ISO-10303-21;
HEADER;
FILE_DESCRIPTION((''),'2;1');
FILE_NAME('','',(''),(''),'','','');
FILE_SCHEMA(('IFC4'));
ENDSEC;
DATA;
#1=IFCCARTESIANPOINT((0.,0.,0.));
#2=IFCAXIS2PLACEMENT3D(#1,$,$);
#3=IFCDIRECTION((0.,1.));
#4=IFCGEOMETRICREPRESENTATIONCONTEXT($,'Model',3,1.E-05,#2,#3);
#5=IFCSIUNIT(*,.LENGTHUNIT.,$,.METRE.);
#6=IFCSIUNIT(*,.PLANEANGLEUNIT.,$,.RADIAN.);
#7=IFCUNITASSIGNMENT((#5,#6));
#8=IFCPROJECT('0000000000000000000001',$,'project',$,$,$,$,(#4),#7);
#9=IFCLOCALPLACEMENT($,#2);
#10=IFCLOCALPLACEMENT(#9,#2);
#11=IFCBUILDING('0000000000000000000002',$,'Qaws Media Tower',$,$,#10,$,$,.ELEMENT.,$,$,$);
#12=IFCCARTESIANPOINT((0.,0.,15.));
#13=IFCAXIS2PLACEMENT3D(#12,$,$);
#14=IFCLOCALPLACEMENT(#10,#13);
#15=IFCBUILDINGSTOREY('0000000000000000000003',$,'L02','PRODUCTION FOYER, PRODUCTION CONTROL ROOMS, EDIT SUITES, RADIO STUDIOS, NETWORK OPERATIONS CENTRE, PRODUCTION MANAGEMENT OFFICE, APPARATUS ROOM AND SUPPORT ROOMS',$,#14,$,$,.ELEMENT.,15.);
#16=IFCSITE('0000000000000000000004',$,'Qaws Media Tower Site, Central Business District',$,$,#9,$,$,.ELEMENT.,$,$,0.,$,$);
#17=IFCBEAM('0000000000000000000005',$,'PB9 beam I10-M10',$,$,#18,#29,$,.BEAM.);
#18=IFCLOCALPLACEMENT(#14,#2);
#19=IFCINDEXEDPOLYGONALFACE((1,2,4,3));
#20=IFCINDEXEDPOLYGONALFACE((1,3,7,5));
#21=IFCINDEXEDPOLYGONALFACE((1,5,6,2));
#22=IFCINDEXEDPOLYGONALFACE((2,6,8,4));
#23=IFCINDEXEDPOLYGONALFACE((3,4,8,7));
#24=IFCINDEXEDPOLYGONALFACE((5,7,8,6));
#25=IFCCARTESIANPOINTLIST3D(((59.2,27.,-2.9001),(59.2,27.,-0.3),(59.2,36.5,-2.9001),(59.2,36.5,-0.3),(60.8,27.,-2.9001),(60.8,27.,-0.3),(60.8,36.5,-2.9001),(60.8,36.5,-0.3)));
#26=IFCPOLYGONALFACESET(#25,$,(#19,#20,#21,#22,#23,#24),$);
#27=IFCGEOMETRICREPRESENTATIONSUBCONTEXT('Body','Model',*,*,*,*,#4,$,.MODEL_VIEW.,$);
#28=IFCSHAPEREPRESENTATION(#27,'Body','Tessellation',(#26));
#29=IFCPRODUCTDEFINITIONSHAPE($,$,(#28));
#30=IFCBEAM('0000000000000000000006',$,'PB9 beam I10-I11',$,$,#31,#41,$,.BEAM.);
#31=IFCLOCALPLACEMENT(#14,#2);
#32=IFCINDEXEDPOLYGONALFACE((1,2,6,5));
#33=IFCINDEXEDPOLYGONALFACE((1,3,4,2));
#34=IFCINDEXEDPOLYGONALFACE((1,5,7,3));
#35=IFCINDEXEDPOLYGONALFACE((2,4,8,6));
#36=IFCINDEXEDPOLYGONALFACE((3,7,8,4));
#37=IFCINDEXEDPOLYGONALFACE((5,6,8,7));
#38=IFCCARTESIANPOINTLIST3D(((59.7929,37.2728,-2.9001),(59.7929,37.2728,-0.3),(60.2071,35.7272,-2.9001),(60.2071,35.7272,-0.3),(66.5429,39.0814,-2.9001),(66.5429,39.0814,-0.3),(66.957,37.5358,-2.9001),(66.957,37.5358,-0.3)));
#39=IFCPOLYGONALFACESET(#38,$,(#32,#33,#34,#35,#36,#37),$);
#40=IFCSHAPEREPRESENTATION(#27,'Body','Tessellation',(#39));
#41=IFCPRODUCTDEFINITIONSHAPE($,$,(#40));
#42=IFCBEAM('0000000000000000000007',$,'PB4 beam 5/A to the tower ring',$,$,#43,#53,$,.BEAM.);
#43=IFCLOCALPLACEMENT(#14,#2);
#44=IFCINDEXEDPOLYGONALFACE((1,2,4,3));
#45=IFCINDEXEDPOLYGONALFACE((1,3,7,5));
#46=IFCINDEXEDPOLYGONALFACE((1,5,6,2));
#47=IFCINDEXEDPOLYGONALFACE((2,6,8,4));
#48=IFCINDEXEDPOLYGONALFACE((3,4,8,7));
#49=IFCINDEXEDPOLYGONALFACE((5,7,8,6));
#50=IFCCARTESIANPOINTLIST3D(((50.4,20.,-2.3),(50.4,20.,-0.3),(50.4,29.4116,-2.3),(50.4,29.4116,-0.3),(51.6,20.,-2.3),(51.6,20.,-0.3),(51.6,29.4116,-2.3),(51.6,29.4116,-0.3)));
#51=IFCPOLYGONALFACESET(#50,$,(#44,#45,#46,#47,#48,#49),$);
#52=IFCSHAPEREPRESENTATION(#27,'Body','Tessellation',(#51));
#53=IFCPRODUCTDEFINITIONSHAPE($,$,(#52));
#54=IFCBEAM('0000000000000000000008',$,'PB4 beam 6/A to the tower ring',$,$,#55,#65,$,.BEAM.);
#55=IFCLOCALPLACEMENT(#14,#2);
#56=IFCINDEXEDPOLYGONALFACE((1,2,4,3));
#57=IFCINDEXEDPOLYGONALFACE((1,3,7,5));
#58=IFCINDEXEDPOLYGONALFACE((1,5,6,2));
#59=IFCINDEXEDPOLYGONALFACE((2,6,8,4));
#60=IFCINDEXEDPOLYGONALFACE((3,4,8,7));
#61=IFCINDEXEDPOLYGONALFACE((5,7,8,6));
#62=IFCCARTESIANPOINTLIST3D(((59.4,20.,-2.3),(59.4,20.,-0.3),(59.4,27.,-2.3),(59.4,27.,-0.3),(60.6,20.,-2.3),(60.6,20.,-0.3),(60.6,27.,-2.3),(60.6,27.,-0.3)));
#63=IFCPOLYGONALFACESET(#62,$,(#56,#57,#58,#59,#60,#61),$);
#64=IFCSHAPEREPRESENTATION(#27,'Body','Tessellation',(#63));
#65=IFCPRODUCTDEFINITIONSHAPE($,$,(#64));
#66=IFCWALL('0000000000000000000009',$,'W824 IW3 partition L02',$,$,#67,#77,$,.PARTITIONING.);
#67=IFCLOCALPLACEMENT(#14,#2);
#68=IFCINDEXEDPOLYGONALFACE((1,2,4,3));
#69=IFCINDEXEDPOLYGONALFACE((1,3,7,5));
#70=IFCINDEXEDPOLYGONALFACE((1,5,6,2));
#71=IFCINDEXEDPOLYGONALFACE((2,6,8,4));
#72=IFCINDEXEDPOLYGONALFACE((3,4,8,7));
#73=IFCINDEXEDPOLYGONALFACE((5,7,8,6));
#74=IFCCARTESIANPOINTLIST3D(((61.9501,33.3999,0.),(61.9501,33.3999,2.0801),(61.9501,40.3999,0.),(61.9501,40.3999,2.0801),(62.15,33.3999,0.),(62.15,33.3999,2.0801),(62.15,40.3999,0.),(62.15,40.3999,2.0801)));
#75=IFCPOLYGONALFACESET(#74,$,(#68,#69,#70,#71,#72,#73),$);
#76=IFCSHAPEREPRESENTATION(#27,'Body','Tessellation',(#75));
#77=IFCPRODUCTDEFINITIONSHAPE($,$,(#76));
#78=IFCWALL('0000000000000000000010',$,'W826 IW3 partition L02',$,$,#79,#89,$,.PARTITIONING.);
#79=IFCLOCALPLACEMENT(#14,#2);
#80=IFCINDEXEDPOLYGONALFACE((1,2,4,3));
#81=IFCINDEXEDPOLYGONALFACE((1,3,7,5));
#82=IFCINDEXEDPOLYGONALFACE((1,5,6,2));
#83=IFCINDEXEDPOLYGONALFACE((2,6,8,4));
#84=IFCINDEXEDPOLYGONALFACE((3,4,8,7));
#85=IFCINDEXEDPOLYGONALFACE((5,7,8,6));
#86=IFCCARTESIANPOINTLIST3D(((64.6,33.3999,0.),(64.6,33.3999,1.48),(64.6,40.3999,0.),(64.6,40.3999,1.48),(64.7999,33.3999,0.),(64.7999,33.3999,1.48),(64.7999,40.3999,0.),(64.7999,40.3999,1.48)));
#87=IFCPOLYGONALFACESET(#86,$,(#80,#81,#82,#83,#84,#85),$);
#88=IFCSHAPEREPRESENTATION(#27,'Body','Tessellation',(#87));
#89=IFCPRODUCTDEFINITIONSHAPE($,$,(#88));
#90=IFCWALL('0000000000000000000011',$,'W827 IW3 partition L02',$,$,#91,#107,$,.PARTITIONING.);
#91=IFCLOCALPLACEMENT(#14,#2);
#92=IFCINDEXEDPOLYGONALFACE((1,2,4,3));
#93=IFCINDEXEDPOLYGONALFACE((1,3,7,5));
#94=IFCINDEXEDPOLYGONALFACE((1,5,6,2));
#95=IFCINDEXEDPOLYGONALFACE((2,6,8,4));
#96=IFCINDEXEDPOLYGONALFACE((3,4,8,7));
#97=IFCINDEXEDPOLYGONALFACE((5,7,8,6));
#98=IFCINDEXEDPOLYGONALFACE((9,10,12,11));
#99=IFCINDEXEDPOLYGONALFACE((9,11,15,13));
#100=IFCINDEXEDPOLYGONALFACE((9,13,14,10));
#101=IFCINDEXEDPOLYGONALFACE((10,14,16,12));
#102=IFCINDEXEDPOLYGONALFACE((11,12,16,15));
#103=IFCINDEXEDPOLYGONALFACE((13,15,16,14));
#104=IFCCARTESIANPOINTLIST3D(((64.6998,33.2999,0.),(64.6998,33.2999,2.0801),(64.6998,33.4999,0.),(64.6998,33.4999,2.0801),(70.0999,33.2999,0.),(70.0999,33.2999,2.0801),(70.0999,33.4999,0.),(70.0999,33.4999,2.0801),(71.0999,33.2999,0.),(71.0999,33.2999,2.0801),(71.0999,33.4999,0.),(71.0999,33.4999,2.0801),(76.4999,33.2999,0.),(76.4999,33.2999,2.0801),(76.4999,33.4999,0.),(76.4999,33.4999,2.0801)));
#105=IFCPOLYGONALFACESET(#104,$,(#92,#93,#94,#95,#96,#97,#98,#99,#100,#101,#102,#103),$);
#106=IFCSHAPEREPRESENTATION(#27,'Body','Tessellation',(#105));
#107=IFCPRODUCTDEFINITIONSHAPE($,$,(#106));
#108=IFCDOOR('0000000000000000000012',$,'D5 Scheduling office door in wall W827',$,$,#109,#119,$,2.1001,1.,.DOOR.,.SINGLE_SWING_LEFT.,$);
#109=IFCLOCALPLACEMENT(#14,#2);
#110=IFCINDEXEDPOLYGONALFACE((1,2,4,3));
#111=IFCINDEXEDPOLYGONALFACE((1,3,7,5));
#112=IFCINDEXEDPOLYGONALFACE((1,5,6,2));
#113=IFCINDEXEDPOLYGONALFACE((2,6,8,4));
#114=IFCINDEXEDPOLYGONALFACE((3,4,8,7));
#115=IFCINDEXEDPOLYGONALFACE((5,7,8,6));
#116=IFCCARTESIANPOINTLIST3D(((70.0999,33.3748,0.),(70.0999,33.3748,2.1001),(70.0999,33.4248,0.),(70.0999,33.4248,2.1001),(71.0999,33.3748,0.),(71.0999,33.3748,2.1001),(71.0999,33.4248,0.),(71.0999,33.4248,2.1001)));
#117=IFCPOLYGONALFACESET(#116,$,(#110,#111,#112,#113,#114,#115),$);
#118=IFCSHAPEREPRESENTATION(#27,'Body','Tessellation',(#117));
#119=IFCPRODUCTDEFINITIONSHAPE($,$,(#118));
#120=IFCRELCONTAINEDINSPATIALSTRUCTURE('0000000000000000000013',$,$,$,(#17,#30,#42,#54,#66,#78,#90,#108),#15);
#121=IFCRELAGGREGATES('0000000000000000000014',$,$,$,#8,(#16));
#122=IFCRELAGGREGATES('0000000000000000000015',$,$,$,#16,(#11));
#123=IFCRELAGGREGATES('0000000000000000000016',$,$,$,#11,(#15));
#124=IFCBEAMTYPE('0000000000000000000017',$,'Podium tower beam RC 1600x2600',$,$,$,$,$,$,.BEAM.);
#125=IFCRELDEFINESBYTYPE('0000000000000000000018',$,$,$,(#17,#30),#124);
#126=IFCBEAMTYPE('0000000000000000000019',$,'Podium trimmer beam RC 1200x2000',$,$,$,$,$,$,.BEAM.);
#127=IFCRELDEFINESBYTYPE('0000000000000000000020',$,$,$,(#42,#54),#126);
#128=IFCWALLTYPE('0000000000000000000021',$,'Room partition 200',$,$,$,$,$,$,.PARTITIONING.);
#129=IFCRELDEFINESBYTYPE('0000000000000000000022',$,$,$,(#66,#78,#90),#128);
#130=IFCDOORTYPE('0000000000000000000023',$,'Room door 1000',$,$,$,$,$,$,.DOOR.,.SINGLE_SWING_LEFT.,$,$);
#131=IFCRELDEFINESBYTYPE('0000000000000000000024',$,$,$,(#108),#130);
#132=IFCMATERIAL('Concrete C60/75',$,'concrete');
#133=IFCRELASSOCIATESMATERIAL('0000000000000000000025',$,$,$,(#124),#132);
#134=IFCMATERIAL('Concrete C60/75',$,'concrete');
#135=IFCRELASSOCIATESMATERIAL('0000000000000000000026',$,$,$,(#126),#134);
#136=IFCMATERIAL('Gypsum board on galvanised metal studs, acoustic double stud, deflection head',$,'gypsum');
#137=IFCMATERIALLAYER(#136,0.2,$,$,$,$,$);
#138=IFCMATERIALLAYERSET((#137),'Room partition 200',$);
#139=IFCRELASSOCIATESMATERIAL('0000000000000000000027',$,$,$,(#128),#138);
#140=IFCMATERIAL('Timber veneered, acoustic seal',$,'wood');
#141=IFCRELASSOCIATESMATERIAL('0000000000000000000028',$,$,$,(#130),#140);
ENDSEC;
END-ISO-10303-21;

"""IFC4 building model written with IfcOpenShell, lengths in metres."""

from ifc_helpers import new_model, si_unit, direction, frame, frame_2d, origin, origin_2d, place, context, subcontext, project, spatial, rectangle, extrude, material, layer, layer_set, material_profile, profile_set, type_object, element, fill, save


model = new_model("IFC4")

# Units and contexts
model_context = context("Model", 3, precision=1e-05, world=origin(), true_north=direction((0.0, 1.0)))
body_context = subcontext(model_context, "Body", "Model", "MODEL_VIEW")
ifc_project = project(units=[si_unit("LENGTHUNIT", "METRE"), si_unit("PLANEANGLEUNIT", "RADIAN")], contexts=[model_context])

# Site, building, storey
site_placement = place(None, origin())
site = spatial("IfcSite", under=ifc_project, at=site_placement, Name="Qaws Media Tower Site, Central Business District", CompositionType="ELEMENT", RefElevation=0.0)
building_placement = place(site_placement, origin())
building = spatial("IfcBuilding", under=site, at=building_placement, Name="Qaws Media Tower", CompositionType="ELEMENT")
storey_placement = place(building_placement, frame((0.0, 0.0, 15.0)))
storey = spatial("IfcBuildingStorey", under=building, at=storey_placement, Name="L02", Description="PRODUCTION FOYER, PRODUCTION CONTROL ROOMS, EDIT SUITES, RADIO STUDIOS, NETWORK OPERATIONS CENTRE, PRODUCTION MANAGEMENT OFFICE, APPARATUS ROOM AND SUPPORT ROOMS", CompositionType="ELEMENT", Elevation=15.0)

# Beams
ifc_material_1 = material(Name="Concrete C60/75", Category="concrete")
ifc_material_profile_1 = material_profile(ifc_material_1, rectangle(XDim=1.6001, YDim=2.6001, at=origin_2d()), Name="RC 1600x2600")
ifc_profile_set_1 = profile_set([ifc_material_profile_1], Name="Concrete C60/75")
beam_type_1 = type_object("IfcBeamType", Name="Podium tower beam RC 1600x2600", PredefinedType="BEAM", material=ifc_profile_set_1)
beam_1_placement = place(storey_placement, frame((60.0, 36.5, -1.6001), z_axis=(0.0, -1.0, 0.0), x_axis=(1.0, 0.0, 0.0)))
element("IfcBeam", 1, at=beam_1_placement, inside=storey, type_object=beam_type_1, Name="PB9 beam I10-M10", PredefinedType="BEAM", context=body_context, shape_type="SweptSolid", body=[
    extrude(rectangle(XDim=1.6001, YDim=2.6001, at=origin_2d()), origin(), (0.0, 0.0, 1.0), 9.5),
])
beam_2_placement = place(storey_placement, frame((60.0, 36.5, -1.6001), z_axis=(0.965928, 0.258811, 0.0), x_axis=(-0.258811, 0.965928, 0.0)))
element("IfcBeam", 2, at=beam_2_placement, inside=storey, type_object=beam_type_1, Name="PB9 beam I10-I11", PredefinedType="BEAM", context=body_context, shape_type="SweptSolid", body=[
    extrude(rectangle(XDim=1.6001, YDim=2.6001, at=origin_2d()), origin(), (0.0, 0.0, 1.0), 6.988),
])
ifc_material_2 = material(Name="Concrete C60/75", Category="concrete")
ifc_material_profile_2 = material_profile(ifc_material_2, rectangle(XDim=1.2, YDim=2.0, at=origin_2d()), Name="RC 1200x2000")
ifc_profile_set_2 = profile_set([ifc_material_profile_2], Name="Concrete C60/75")
beam_type_2 = type_object("IfcBeamType", Name="Podium trimmer beam RC 1200x2000", PredefinedType="BEAM", material=ifc_profile_set_2)
beam_3_placement = place(storey_placement, frame((51.0, 20.0, -1.3), z_axis=(0.0, 1.0, 0.0), x_axis=(-1.0, 0.0, 0.0)))
element("IfcBeam", 3, at=beam_3_placement, inside=storey, type_object=beam_type_2, Name="PB4 beam 5/A to the tower ring", PredefinedType="BEAM", context=body_context, shape_type="SweptSolid", body=[
    extrude(rectangle(XDim=1.2, YDim=2.0, at=origin_2d()), origin(), (0.0, 0.0, 1.0), 9.4116),
])
beam_4_placement = place(storey_placement, frame((60.0, 20.0, -1.3), z_axis=(0.0, 1.0, 0.0), x_axis=(-1.0, 0.0, 0.0)))
element("IfcBeam", 4, at=beam_4_placement, inside=storey, type_object=beam_type_2, Name="PB4 beam 6/A to the tower ring", PredefinedType="BEAM", context=body_context, shape_type="SweptSolid", body=[
    extrude(rectangle(XDim=1.2, YDim=2.0, at=origin_2d()), origin(), (0.0, 0.0, 1.0), 7.0),
])

# Walls
ifc_material_3 = material(Name="Gypsum board on galvanised metal studs, acoustic double stud, deflection head", Category="gypsum")
ifc_layer = layer(ifc_material_3, 0.2)
ifc_layer_set = layer_set([ifc_layer], Name="Room partition 200")
wall_type = type_object("IfcWallType", Name="Room partition 200", PredefinedType="PARTITIONING", material=ifc_layer_set)
wall_1_placement = place(storey_placement, frame((62.05, 33.3999, 0.0), z_axis=(0.0, 0.0, 1.0), x_axis=(0.0, 1.0, 0.0)))
element("IfcWall", 5, at=wall_1_placement, inside=storey, type_object=wall_type, Name="W824 IW3 partition L02", PredefinedType="PARTITIONING", context=body_context, shape_type="SweptSolid", body=[
    extrude(rectangle(XDim=7.0, YDim=0.2, at=frame_2d((3.5, 0.0))), origin(), (0.0, 0.0, 1.0), 2.0801),
])
wall_2_placement = place(storey_placement, frame((64.7, 33.3999, 0.0), z_axis=(0.0, 0.0, 1.0), x_axis=(0.0, 1.0, 0.0)))
element("IfcWall", 6, at=wall_2_placement, inside=storey, type_object=wall_type, Name="W826 IW3 partition L02", PredefinedType="PARTITIONING", context=body_context, shape_type="SweptSolid", body=[
    extrude(rectangle(XDim=7.0, YDim=0.2, at=frame_2d((3.5, 0.0))), origin(), (0.0, 0.0, 1.0), 1.48),
])

# Wall, opening, door
wall_3_placement = place(storey_placement, frame((64.7, 33.3999, 0.0), z_axis=(0.0, 0.0, 1.0), x_axis=(1.0, 0.0, 0.0)))
wall_3 = element("IfcWall", 7, at=wall_3_placement, inside=storey, type_object=wall_type, Name="W827 IW3 partition L02", PredefinedType="PARTITIONING", context=body_context, shape_type="SweptSolid", body=[
    extrude(rectangle(XDim=11.8, YDim=0.2, at=frame_2d((5.8999, 0.0))), origin(), (0.0, 0.0, 1.0), 2.0801),
])
opening_placement = place(wall_3_placement, frame((5.3999, 0.0, 0.0)))
opening = element("IfcOpeningElement", 8, at=opening_placement, cuts=wall_3, PredefinedType="OPENING", context=body_context, shape_type="SweptSolid", body=[
    extrude(rectangle(XDim=1.0, YDim=2.1001, at=frame_2d((0.5, 1.05))), frame((0.0, 0.1099, 0.0), z_axis=(0.0, -1.0, 0.0), x_axis=(1.0, 0.0, 0.0)), (0.0, 0.0, 1.0), 0.22),
])
ifc_material_4 = material(Name="Timber veneered, acoustic seal", Category="wood")
door_type = type_object("IfcDoorType", Name="Room door 1000", OperationType="SINGLE_SWING_LEFT", PredefinedType="DOOR", material=ifc_material_4)
door_placement = place(opening_placement, origin())
door = element("IfcDoor", 9, at=door_placement, inside=storey, type_object=door_type, Name="D5 Scheduling office door in wall W827", OperationType="SINGLE_SWING_LEFT", OverallHeight=2.1001, OverallWidth=1.0, PredefinedType="DOOR", context=body_context, shape_type="SweptSolid", body=[
    extrude(rectangle(XDim=1.0, YDim=2.1001, at=frame_2d((0.5, 1.05))), frame((0.0, 0.0249, 0.0), z_axis=(0.0, -1.0, 0.0), x_axis=(1.0, 0.0, 0.0)), (0.0, 0.0, 1.0), 0.05),
])
fill(opening, door)

save(model, "model.ifc")
